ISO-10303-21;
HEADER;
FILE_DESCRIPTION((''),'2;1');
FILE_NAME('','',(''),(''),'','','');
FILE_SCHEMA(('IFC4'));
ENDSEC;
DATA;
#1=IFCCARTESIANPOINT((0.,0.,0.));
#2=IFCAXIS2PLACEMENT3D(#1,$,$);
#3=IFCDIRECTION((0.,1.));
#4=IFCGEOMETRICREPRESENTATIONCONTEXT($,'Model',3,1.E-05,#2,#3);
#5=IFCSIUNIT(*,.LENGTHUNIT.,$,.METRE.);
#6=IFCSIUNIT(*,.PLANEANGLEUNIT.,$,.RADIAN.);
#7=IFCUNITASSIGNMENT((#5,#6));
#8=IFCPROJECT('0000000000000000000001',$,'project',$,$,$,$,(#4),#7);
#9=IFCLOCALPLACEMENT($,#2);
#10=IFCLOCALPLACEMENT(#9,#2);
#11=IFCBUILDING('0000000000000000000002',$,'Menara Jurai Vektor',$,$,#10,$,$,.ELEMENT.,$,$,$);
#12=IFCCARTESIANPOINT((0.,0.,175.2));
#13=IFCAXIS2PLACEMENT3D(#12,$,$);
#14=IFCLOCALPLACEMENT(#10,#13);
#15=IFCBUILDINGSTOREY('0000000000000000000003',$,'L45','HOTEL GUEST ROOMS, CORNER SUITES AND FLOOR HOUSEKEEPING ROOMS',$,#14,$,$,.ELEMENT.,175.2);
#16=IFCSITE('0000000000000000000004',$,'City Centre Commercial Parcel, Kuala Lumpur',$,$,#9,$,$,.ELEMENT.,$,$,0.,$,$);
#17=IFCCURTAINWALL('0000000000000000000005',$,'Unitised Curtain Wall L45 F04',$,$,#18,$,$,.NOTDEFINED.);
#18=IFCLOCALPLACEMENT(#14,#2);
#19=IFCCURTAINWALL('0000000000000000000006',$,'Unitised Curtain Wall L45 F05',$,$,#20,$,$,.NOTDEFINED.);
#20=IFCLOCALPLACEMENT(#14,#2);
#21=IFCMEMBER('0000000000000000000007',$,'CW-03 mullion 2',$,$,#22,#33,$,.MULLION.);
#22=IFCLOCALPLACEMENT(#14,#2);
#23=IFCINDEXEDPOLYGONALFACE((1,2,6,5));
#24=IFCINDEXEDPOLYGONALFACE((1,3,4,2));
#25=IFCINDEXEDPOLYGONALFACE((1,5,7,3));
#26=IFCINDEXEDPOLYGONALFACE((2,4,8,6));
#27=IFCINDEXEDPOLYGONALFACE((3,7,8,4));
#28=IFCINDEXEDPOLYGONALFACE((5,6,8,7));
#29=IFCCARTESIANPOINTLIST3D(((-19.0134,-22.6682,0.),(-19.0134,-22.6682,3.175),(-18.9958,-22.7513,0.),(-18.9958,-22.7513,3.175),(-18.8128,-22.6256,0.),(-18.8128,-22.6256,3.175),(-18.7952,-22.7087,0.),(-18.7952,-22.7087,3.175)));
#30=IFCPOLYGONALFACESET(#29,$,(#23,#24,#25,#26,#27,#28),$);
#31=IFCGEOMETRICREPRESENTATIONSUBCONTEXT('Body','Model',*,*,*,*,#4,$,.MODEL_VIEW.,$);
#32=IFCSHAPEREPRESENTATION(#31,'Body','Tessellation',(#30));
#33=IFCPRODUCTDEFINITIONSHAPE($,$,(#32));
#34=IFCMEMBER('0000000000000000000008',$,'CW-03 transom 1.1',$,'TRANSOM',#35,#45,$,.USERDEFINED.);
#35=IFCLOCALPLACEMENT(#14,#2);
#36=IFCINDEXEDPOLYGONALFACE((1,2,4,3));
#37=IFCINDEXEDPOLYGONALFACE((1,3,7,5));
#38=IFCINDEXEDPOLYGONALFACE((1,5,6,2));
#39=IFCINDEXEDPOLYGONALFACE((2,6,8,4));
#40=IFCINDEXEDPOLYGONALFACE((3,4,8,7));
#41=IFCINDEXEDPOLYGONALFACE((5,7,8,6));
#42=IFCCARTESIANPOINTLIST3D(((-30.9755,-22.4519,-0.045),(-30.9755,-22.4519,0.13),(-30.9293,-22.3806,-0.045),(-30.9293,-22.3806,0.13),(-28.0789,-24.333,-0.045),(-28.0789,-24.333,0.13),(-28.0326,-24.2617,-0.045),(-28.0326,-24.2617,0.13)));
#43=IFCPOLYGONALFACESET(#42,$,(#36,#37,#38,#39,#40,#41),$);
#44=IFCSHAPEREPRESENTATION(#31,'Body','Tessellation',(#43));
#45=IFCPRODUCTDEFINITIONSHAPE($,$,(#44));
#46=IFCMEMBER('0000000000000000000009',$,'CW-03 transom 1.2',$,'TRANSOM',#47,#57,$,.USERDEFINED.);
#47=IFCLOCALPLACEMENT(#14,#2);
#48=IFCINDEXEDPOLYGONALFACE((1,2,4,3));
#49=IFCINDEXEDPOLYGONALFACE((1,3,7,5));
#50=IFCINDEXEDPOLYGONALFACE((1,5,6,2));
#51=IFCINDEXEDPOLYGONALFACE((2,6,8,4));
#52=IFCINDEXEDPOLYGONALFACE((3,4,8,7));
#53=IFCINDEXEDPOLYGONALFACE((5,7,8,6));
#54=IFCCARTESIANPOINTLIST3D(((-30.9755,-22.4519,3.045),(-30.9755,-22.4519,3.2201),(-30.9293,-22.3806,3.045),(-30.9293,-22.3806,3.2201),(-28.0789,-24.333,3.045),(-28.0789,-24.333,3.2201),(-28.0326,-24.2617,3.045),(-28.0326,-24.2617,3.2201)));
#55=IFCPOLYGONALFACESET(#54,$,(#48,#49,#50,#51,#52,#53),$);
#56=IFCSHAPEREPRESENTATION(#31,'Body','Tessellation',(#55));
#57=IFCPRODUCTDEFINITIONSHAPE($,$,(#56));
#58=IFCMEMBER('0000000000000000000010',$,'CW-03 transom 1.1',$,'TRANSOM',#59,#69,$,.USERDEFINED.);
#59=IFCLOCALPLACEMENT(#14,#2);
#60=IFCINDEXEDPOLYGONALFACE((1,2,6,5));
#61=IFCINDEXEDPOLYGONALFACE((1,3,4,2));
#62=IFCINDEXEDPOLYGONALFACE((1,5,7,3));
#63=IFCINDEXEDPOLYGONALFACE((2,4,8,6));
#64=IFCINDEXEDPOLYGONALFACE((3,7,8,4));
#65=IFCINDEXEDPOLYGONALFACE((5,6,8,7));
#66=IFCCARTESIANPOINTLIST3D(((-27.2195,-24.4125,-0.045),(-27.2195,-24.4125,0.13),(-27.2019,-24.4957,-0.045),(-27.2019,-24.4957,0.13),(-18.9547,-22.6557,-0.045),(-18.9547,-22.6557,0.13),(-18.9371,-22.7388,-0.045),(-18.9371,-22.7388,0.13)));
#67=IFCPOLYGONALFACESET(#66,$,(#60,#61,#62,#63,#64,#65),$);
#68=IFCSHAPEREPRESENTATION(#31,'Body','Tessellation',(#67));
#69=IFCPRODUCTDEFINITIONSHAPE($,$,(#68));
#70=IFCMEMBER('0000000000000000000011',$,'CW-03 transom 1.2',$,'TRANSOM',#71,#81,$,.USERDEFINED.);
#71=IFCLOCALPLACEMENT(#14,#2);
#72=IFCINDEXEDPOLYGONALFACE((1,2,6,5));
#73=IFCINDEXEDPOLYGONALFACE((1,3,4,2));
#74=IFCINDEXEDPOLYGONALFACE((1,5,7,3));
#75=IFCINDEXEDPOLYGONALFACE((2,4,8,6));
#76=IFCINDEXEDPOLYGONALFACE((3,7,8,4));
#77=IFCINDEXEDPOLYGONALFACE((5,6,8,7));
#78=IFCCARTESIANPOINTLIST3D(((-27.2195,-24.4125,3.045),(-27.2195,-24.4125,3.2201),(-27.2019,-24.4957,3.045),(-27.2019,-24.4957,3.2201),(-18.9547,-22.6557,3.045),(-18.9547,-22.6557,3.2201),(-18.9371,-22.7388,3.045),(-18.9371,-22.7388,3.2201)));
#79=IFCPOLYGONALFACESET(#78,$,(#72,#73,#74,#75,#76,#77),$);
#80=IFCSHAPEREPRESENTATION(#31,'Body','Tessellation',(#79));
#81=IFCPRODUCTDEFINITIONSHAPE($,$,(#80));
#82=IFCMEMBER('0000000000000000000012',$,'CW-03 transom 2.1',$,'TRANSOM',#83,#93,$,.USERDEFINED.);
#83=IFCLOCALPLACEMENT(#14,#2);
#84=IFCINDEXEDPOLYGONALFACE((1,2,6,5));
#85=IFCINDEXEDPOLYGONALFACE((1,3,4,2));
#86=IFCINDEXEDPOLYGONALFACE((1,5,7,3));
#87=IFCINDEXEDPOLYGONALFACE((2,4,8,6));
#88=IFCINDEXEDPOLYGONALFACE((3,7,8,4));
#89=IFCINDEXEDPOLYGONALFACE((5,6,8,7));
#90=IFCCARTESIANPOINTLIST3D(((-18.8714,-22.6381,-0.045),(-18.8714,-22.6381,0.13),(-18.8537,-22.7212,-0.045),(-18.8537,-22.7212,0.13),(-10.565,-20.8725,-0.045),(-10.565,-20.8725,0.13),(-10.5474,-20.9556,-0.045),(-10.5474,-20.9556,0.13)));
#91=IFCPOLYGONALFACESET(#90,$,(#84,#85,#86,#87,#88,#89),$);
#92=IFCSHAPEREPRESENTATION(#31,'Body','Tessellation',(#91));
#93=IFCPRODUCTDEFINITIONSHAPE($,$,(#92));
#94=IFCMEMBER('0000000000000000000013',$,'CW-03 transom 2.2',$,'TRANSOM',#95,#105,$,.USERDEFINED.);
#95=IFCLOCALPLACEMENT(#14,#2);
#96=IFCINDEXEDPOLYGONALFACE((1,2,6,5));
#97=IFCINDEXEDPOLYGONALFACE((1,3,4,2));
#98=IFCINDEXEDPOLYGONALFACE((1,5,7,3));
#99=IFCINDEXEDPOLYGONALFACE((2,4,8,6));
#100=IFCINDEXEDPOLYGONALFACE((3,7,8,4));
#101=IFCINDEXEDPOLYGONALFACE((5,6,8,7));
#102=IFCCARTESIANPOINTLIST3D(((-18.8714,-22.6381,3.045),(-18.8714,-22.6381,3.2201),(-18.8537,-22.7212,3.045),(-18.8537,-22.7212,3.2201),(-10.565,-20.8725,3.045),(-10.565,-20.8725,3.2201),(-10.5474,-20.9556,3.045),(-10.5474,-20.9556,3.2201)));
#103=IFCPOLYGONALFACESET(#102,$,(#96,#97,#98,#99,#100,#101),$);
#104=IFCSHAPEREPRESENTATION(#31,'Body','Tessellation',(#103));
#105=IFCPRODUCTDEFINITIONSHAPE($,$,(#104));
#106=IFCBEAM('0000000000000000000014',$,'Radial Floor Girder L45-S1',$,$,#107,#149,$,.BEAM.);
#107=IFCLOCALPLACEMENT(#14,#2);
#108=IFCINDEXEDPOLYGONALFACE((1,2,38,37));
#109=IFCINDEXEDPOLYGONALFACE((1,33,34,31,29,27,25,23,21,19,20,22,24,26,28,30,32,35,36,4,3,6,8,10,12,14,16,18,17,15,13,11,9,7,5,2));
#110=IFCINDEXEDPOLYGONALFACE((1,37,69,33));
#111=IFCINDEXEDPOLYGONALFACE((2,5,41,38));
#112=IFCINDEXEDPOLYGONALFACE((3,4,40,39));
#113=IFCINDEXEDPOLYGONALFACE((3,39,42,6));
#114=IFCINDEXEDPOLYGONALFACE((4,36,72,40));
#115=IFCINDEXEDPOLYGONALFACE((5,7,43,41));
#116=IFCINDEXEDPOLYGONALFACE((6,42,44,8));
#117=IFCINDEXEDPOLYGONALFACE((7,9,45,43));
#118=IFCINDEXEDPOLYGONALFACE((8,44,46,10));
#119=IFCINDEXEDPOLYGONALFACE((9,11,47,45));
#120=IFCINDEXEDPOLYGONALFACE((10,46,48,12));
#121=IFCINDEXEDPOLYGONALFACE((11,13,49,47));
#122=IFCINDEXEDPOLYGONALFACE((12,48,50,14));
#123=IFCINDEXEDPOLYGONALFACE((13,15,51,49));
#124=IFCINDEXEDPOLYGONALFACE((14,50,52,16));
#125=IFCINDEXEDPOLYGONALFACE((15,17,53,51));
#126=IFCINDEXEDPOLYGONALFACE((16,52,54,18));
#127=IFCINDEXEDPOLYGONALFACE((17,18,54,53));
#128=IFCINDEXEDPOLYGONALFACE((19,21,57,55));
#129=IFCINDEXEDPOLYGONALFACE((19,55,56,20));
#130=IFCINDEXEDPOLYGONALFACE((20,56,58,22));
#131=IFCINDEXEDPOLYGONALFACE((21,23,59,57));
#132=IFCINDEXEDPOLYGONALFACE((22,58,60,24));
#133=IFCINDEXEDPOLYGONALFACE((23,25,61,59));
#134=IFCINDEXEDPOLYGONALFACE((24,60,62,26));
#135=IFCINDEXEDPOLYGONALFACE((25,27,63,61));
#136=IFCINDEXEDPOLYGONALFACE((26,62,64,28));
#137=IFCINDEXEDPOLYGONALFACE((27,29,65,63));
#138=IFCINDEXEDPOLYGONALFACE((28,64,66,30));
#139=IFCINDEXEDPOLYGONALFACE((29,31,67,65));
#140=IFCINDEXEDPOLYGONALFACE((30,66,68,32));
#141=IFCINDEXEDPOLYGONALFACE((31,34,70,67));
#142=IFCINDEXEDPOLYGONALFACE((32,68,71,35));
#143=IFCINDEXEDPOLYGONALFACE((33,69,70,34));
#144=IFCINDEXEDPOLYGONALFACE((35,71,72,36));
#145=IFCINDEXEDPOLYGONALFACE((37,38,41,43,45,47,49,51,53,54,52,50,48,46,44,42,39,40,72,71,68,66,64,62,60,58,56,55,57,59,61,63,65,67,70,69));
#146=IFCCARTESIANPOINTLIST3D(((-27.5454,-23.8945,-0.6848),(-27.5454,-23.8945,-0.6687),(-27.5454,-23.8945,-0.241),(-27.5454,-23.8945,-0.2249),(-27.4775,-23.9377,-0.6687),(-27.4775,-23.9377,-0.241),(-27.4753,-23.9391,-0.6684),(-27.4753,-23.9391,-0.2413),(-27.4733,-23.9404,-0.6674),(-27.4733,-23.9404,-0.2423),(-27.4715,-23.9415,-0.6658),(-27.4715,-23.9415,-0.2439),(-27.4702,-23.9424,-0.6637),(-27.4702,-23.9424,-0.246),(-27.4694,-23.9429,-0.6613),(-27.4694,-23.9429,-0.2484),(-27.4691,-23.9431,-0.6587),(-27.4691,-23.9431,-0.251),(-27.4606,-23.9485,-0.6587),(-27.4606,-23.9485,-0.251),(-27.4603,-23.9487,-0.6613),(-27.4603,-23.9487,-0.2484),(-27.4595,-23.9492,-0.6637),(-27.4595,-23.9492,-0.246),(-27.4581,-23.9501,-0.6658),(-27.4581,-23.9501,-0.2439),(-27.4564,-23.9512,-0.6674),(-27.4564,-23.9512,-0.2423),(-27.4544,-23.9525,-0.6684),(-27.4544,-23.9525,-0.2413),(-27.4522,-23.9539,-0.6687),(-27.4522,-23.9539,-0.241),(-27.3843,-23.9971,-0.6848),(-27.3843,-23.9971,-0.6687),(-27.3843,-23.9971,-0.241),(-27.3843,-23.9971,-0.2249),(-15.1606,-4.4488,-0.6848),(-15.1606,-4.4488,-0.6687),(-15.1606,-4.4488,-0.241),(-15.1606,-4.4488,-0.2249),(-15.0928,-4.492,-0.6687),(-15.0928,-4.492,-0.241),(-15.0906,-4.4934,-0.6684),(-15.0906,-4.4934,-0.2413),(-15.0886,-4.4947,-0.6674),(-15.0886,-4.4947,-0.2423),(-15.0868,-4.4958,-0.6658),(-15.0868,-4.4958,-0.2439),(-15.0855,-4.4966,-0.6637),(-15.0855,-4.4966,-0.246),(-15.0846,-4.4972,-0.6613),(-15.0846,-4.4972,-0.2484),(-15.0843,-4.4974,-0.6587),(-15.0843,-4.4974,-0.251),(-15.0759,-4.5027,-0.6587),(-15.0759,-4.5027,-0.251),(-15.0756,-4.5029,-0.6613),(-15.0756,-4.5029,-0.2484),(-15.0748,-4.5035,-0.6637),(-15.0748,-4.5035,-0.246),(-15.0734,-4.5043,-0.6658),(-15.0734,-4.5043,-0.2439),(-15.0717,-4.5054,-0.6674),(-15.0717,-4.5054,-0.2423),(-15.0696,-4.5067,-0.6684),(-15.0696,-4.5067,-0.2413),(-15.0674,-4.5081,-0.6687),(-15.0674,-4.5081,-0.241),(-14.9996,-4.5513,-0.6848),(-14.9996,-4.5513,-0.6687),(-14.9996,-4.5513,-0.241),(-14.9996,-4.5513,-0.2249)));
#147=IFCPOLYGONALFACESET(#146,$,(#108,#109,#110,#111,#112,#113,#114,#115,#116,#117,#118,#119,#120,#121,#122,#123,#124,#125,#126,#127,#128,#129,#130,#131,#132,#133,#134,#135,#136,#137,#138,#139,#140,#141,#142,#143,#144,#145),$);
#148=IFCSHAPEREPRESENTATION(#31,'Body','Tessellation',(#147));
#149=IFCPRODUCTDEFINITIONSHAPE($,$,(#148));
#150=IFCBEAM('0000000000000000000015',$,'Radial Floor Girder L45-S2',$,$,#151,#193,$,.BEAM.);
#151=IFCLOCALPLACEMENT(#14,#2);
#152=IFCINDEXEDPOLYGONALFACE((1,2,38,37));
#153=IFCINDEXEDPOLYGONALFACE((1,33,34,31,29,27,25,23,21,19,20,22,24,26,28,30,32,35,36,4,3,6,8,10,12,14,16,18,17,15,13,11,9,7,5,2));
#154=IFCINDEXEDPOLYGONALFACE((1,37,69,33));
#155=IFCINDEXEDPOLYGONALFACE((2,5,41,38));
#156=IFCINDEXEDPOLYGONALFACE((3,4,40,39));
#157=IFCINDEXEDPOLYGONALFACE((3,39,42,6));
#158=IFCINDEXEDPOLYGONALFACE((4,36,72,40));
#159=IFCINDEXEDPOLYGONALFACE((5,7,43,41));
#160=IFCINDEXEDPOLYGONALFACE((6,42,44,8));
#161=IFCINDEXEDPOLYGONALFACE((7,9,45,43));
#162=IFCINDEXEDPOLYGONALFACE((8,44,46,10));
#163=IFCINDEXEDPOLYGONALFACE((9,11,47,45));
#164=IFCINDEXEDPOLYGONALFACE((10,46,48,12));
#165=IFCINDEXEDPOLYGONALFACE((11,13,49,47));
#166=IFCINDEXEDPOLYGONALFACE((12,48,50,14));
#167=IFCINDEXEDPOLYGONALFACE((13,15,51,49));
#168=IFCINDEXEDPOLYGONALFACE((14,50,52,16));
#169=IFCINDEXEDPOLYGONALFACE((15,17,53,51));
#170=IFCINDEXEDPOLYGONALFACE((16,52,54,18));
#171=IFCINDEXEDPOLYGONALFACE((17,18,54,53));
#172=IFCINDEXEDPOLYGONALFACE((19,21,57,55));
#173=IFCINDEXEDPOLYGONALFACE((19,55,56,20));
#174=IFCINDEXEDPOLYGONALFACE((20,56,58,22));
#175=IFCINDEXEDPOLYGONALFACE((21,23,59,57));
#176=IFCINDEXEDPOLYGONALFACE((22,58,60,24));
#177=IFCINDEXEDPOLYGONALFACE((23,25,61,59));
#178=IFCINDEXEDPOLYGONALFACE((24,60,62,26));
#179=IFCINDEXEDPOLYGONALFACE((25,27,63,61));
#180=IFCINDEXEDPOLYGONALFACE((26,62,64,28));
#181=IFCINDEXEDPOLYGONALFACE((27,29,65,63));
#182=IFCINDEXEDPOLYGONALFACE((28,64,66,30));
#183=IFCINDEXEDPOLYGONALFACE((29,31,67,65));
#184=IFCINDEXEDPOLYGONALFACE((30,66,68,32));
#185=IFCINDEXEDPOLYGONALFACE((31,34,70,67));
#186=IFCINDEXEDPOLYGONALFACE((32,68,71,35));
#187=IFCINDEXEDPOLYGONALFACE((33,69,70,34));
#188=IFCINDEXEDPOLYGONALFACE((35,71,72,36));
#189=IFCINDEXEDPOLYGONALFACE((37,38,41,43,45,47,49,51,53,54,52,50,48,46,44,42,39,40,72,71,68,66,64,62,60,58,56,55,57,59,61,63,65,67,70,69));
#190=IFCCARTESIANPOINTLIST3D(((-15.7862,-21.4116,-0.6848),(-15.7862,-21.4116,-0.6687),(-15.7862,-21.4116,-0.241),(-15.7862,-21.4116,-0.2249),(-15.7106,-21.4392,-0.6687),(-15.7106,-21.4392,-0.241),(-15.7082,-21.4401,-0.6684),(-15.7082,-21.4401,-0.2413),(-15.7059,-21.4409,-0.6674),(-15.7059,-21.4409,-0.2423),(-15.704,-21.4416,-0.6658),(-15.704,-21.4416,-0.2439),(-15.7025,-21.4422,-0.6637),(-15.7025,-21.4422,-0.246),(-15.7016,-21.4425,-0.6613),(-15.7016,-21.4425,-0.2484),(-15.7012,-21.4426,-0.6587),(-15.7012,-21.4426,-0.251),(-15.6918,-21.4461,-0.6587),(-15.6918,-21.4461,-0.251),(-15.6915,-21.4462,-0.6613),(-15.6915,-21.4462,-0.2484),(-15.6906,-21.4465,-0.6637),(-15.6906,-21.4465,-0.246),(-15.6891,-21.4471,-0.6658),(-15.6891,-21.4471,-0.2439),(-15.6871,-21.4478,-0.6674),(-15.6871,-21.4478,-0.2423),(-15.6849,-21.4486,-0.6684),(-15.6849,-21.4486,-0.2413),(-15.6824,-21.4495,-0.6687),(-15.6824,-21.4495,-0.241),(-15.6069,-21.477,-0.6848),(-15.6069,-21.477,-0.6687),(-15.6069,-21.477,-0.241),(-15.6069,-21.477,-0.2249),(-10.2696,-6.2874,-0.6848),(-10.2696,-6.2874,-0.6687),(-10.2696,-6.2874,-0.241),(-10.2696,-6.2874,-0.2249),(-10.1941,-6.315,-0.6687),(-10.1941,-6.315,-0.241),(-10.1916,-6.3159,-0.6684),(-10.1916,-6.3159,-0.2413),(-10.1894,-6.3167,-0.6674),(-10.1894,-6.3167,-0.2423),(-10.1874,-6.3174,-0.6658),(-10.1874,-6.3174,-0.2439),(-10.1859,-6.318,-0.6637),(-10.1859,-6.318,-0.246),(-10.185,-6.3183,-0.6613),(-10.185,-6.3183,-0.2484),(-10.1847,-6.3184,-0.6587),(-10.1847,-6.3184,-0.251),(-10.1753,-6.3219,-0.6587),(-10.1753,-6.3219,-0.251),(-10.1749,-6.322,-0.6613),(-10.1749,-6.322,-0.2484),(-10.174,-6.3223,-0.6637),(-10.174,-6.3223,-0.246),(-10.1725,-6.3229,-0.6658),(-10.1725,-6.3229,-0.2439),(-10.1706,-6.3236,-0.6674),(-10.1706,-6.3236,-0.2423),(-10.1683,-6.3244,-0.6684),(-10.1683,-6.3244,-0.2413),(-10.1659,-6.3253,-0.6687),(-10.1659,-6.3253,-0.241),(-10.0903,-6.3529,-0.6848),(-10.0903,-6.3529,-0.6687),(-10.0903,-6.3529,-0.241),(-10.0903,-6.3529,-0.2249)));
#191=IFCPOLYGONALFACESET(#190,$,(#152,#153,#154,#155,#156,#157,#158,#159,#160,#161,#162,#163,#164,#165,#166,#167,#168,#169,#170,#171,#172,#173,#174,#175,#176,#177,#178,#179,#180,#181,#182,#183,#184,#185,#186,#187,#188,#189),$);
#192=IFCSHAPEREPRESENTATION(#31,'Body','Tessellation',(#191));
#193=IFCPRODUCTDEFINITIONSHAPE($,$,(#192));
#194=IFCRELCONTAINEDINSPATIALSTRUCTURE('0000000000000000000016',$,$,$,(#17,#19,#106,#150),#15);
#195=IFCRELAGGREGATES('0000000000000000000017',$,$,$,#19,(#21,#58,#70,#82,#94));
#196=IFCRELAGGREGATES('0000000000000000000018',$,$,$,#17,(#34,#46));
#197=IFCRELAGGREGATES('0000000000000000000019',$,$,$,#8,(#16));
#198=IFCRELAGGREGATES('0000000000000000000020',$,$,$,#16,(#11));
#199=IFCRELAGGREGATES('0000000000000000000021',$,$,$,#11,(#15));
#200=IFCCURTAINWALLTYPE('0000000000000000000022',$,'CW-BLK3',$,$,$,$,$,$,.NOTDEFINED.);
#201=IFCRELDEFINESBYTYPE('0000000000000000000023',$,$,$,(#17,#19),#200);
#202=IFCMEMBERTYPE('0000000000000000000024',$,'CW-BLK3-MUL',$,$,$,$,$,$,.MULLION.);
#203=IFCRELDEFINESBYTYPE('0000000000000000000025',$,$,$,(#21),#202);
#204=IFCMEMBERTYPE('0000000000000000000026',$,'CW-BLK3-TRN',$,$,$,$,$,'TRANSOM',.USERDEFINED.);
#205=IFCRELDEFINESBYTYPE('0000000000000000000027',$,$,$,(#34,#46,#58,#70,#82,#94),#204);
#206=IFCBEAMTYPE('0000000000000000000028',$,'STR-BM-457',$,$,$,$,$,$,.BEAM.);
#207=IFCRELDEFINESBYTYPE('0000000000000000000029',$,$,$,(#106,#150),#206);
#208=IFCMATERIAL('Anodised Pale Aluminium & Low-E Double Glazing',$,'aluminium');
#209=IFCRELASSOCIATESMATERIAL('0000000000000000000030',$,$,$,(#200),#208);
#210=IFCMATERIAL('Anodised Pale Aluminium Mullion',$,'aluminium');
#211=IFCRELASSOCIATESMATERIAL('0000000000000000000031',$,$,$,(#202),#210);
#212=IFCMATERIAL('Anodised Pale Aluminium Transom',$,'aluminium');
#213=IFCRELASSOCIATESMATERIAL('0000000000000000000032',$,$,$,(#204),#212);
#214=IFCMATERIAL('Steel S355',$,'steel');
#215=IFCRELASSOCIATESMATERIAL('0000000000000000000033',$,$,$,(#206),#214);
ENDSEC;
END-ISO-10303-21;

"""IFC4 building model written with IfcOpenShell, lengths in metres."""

from ifc_helpers import new_model, si_unit, direction, frame, origin, origin_2d, place, context, subcontext, project, spatial, rectangle, i_section, extrude, material, material_profile, profile_set, type_object, element, aggregate, save


model = new_model("IFC4")

# Units and contexts
model_context = context("Model", 3, precision=1e-05, world=origin(), true_north=direction((0.0, 1.0)))
body_context = subcontext(model_context, "Body", "Model", "MODEL_VIEW")
ifc_project = project(units=[si_unit("LENGTHUNIT", "METRE"), si_unit("PLANEANGLEUNIT", "RADIAN")], contexts=[model_context])

# Site, building, storey
site_placement = place(None, origin())
site = spatial("IfcSite", under=ifc_project, at=site_placement, Name="City Centre Commercial Parcel, Kuala Lumpur", CompositionType="ELEMENT", RefElevation=0.0)
building_placement = place(site_placement, origin())
building = spatial("IfcBuilding", under=site, at=building_placement, Name="Menara Jurai Vektor", CompositionType="ELEMENT")
storey_placement = place(building_placement, frame((0.0, 0.0, 175.2)))
storey = spatial("IfcBuildingStorey", under=building, at=storey_placement, Name="L45", Description="HOTEL GUEST ROOMS, CORNER SUITES AND FLOOR HOUSEKEEPING ROOMS", CompositionType="ELEMENT", Elevation=175.2)

# Shared definitions
ifc_material_1 = material(Name="Anodised Pale Aluminium & Low-E Double Glazing", Category="aluminium")
curtain_wall_type = type_object("IfcCurtainWallType", Name="CW-BLK3", PredefinedType="NOTDEFINED", material=ifc_material_1)
ifc_material_2 = material(Name="Anodised Pale Aluminium Mullion", Category="aluminium")
ifc_material_profile_1 = material_profile(ifc_material_2, rectangle(XDim=0.085, YDim=0.2051, at=origin_2d()), Name="ALU MUL 85x205")
ifc_profile_set_1 = profile_set([ifc_material_profile_1], Name="Anodised Pale Aluminium Mullion")
member_type_1 = type_object("IfcMemberType", Name="CW-BLK3-MUL", PredefinedType="MULLION", material=ifc_profile_set_1)

# Curtain walls, member
curtain_wall_1_placement = place(storey_placement, origin())
curtain_wall_1 = element("IfcCurtainWall", 1, at=curtain_wall_1_placement, inside=storey, type_object=curtain_wall_type, Name="Unitised Curtain Wall L45 F04", PredefinedType="NOTDEFINED")
curtain_wall_2_placement = place(storey_placement, origin())
curtain_wall_2 = element("IfcCurtainWall", 2, at=curtain_wall_2_placement, inside=storey, type_object=curtain_wall_type, Name="Unitised Curtain Wall L45 F05", PredefinedType="NOTDEFINED")
member_1_placement = place(storey_placement, frame((-18.9043, -22.6885, 0.0), z_axis=(0.0, 0.0, 1.0), x_axis=(-0.207911, 0.978148, 0.0)))
member_1 = element("IfcMember", 3, at=member_1_placement, type_object=member_type_1, Name="CW-03 mullion 2", PredefinedType="MULLION", context=body_context, shape_type="SweptSolid", body=[
    extrude(rectangle(XDim=0.085, YDim=0.2051, at=origin_2d()), origin(), (0.0, 0.0, 1.0), 3.175),
])

# Members
ifc_material_3 = material(Name="Anodised Pale Aluminium Transom", Category="aluminium")
ifc_material_profile_2 = material_profile(ifc_material_3, rectangle(XDim=0.085, YDim=0.175, at=origin_2d()), Name="ALU TRN 85x175")
ifc_profile_set_2 = profile_set([ifc_material_profile_2], Name="Anodised Pale Aluminium Transom")
member_type_2 = type_object("IfcMemberType", Name="CW-BLK3-TRN", ElementType="TRANSOM", PredefinedType="USERDEFINED", material=ifc_profile_set_2)
member_2_placement = place(storey_placement, frame((-30.9524, -22.4163, 0.0425), z_axis=(0.838678, -0.544628, 0.0), x_axis=(0.544628, 0.838678, 0.0)))
member_2 = element("IfcMember", 4, at=member_2_placement, type_object=member_type_2, Name="CW-03 transom 1.1", ObjectType="TRANSOM", PredefinedType="USERDEFINED", context=body_context, shape_type="SweptSolid", body=[
    extrude(rectangle(XDim=0.085, YDim=0.175, at=origin_2d()), origin(), (0.0, 0.0, 1.0), 3.4539),
])
member_3_placement = place(storey_placement, frame((-30.9524, -22.4163, 3.1326), z_axis=(0.838678, -0.544628, 0.0), x_axis=(0.544628, 0.838678, 0.0)))
member_3 = element("IfcMember", 5, at=member_3_placement, type_object=member_type_2, Name="CW-03 transom 1.2", ObjectType="TRANSOM", PredefinedType="USERDEFINED", context=body_context, shape_type="SweptSolid", body=[
    extrude(rectangle(XDim=0.085, YDim=0.175, at=origin_2d()), origin(), (0.0, 0.0, 1.0), 3.4539),
])
member_4_placement = place(storey_placement, frame((-27.2107, -24.4541, 0.0425), z_axis=(0.978146, 0.207921, 0.0), x_axis=(-0.207921, 0.978146, 0.0)))
member_4 = element("IfcMember", 6, at=member_4_placement, type_object=member_type_2, Name="CW-03 transom 1.1", ObjectType="TRANSOM", PredefinedType="USERDEFINED", context=body_context, shape_type="SweptSolid", body=[
    extrude(rectangle(XDim=0.085, YDim=0.175, at=origin_2d()), origin(), (0.0, 0.0, 1.0), 8.4495),
])
member_5_placement = place(storey_placement, frame((-27.2107, -24.4541, 3.1326), z_axis=(0.978146, 0.207921, 0.0), x_axis=(-0.207921, 0.978146, 0.0)))
member_5 = element("IfcMember", 7, at=member_5_placement, type_object=member_type_2, Name="CW-03 transom 1.2", ObjectType="TRANSOM", PredefinedType="USERDEFINED", context=body_context, shape_type="SweptSolid", body=[
    extrude(rectangle(XDim=0.085, YDim=0.175, at=origin_2d()), origin(), (0.0, 0.0, 1.0), 8.4495),
])
member_6_placement = place(storey_placement, frame((-18.8625, -22.6797, 0.0425), z_axis=(0.978147, 0.207917, 0.0), x_axis=(-0.207917, 0.978147, 0.0)))
member_6 = element("IfcMember", 8, at=member_6_placement, type_object=member_type_2, Name="CW-03 transom 2.1", ObjectType="TRANSOM", PredefinedType="USERDEFINED", context=body_context, shape_type="SweptSolid", body=[
    extrude(rectangle(XDim=0.085, YDim=0.175, at=origin_2d()), origin(), (0.0, 0.0, 1.0), 8.4919),
])
member_7_placement = place(storey_placement, frame((-18.8625, -22.6797, 3.1326), z_axis=(0.978147, 0.207917, 0.0), x_axis=(-0.207917, 0.978147, 0.0)))
member_7 = element("IfcMember", 9, at=member_7_placement, type_object=member_type_2, Name="CW-03 transom 2.2", ObjectType="TRANSOM", PredefinedType="USERDEFINED", context=body_context, shape_type="SweptSolid", body=[
    extrude(rectangle(XDim=0.085, YDim=0.175, at=origin_2d()), origin(), (0.0, 0.0, 1.0), 8.4919),
])

# Beams
ifc_material_4 = material(Name="Steel S355", Category="steel")
ifc_material_profile_3 = material_profile(ifc_material_4, i_section(OverallWidth=0.1909, OverallDepth=0.46, WebThickness=0.01, FlangeThickness=0.0161, FilletRadius=0.01, at=origin_2d()), Name="UKB 457x191x82")
ifc_profile_set_3 = profile_set([ifc_material_profile_3], Name="Steel S355")
beam_type_1 = type_object("IfcBeamType", Name="STR-BM-457", PredefinedType="BEAM", material=ifc_profile_set_3)
beam_1_placement = place(storey_placement, frame((-27.4648, -23.9458, -0.4548), z_axis=(0.537189, 0.843462, 0.0), x_axis=(-0.843462, 0.537189, 0.0)))
element("IfcBeam", 10, at=beam_1_placement, inside=storey, type_object=beam_type_1, Name="Radial Floor Girder L45-S1", PredefinedType="BEAM", context=body_context, shape_type="SweptSolid", body=[
    extrude(i_section(OverallWidth=0.1909, OverallDepth=0.46, WebThickness=0.01, FlangeThickness=0.0161, FilletRadius=0.01, at=origin_2d()), origin(), (0.0, 0.0, 1.0), 23.0547),
])
beam_2_placement = place(storey_placement, frame((-15.6965, -21.4443, -0.4548), z_axis=(0.342668, 0.939456, 0.0), x_axis=(-0.939456, 0.342668, 0.0)))
element("IfcBeam", 11, at=beam_2_placement, inside=storey, type_object=beam_type_1, Name="Radial Floor Girder L45-S2", PredefinedType="BEAM", context=body_context, shape_type="SweptSolid", body=[
    extrude(i_section(OverallWidth=0.1909, OverallDepth=0.46, WebThickness=0.01, FlangeThickness=0.0161, FilletRadius=0.01, at=origin_2d()), origin(), (0.0, 0.0, 1.0), 16.0989),
])

aggregate(curtain_wall_2, [member_1, member_4, member_5, member_6, member_7])
aggregate(curtain_wall_1, [member_2, member_3])

save(model, "model.ifc")
